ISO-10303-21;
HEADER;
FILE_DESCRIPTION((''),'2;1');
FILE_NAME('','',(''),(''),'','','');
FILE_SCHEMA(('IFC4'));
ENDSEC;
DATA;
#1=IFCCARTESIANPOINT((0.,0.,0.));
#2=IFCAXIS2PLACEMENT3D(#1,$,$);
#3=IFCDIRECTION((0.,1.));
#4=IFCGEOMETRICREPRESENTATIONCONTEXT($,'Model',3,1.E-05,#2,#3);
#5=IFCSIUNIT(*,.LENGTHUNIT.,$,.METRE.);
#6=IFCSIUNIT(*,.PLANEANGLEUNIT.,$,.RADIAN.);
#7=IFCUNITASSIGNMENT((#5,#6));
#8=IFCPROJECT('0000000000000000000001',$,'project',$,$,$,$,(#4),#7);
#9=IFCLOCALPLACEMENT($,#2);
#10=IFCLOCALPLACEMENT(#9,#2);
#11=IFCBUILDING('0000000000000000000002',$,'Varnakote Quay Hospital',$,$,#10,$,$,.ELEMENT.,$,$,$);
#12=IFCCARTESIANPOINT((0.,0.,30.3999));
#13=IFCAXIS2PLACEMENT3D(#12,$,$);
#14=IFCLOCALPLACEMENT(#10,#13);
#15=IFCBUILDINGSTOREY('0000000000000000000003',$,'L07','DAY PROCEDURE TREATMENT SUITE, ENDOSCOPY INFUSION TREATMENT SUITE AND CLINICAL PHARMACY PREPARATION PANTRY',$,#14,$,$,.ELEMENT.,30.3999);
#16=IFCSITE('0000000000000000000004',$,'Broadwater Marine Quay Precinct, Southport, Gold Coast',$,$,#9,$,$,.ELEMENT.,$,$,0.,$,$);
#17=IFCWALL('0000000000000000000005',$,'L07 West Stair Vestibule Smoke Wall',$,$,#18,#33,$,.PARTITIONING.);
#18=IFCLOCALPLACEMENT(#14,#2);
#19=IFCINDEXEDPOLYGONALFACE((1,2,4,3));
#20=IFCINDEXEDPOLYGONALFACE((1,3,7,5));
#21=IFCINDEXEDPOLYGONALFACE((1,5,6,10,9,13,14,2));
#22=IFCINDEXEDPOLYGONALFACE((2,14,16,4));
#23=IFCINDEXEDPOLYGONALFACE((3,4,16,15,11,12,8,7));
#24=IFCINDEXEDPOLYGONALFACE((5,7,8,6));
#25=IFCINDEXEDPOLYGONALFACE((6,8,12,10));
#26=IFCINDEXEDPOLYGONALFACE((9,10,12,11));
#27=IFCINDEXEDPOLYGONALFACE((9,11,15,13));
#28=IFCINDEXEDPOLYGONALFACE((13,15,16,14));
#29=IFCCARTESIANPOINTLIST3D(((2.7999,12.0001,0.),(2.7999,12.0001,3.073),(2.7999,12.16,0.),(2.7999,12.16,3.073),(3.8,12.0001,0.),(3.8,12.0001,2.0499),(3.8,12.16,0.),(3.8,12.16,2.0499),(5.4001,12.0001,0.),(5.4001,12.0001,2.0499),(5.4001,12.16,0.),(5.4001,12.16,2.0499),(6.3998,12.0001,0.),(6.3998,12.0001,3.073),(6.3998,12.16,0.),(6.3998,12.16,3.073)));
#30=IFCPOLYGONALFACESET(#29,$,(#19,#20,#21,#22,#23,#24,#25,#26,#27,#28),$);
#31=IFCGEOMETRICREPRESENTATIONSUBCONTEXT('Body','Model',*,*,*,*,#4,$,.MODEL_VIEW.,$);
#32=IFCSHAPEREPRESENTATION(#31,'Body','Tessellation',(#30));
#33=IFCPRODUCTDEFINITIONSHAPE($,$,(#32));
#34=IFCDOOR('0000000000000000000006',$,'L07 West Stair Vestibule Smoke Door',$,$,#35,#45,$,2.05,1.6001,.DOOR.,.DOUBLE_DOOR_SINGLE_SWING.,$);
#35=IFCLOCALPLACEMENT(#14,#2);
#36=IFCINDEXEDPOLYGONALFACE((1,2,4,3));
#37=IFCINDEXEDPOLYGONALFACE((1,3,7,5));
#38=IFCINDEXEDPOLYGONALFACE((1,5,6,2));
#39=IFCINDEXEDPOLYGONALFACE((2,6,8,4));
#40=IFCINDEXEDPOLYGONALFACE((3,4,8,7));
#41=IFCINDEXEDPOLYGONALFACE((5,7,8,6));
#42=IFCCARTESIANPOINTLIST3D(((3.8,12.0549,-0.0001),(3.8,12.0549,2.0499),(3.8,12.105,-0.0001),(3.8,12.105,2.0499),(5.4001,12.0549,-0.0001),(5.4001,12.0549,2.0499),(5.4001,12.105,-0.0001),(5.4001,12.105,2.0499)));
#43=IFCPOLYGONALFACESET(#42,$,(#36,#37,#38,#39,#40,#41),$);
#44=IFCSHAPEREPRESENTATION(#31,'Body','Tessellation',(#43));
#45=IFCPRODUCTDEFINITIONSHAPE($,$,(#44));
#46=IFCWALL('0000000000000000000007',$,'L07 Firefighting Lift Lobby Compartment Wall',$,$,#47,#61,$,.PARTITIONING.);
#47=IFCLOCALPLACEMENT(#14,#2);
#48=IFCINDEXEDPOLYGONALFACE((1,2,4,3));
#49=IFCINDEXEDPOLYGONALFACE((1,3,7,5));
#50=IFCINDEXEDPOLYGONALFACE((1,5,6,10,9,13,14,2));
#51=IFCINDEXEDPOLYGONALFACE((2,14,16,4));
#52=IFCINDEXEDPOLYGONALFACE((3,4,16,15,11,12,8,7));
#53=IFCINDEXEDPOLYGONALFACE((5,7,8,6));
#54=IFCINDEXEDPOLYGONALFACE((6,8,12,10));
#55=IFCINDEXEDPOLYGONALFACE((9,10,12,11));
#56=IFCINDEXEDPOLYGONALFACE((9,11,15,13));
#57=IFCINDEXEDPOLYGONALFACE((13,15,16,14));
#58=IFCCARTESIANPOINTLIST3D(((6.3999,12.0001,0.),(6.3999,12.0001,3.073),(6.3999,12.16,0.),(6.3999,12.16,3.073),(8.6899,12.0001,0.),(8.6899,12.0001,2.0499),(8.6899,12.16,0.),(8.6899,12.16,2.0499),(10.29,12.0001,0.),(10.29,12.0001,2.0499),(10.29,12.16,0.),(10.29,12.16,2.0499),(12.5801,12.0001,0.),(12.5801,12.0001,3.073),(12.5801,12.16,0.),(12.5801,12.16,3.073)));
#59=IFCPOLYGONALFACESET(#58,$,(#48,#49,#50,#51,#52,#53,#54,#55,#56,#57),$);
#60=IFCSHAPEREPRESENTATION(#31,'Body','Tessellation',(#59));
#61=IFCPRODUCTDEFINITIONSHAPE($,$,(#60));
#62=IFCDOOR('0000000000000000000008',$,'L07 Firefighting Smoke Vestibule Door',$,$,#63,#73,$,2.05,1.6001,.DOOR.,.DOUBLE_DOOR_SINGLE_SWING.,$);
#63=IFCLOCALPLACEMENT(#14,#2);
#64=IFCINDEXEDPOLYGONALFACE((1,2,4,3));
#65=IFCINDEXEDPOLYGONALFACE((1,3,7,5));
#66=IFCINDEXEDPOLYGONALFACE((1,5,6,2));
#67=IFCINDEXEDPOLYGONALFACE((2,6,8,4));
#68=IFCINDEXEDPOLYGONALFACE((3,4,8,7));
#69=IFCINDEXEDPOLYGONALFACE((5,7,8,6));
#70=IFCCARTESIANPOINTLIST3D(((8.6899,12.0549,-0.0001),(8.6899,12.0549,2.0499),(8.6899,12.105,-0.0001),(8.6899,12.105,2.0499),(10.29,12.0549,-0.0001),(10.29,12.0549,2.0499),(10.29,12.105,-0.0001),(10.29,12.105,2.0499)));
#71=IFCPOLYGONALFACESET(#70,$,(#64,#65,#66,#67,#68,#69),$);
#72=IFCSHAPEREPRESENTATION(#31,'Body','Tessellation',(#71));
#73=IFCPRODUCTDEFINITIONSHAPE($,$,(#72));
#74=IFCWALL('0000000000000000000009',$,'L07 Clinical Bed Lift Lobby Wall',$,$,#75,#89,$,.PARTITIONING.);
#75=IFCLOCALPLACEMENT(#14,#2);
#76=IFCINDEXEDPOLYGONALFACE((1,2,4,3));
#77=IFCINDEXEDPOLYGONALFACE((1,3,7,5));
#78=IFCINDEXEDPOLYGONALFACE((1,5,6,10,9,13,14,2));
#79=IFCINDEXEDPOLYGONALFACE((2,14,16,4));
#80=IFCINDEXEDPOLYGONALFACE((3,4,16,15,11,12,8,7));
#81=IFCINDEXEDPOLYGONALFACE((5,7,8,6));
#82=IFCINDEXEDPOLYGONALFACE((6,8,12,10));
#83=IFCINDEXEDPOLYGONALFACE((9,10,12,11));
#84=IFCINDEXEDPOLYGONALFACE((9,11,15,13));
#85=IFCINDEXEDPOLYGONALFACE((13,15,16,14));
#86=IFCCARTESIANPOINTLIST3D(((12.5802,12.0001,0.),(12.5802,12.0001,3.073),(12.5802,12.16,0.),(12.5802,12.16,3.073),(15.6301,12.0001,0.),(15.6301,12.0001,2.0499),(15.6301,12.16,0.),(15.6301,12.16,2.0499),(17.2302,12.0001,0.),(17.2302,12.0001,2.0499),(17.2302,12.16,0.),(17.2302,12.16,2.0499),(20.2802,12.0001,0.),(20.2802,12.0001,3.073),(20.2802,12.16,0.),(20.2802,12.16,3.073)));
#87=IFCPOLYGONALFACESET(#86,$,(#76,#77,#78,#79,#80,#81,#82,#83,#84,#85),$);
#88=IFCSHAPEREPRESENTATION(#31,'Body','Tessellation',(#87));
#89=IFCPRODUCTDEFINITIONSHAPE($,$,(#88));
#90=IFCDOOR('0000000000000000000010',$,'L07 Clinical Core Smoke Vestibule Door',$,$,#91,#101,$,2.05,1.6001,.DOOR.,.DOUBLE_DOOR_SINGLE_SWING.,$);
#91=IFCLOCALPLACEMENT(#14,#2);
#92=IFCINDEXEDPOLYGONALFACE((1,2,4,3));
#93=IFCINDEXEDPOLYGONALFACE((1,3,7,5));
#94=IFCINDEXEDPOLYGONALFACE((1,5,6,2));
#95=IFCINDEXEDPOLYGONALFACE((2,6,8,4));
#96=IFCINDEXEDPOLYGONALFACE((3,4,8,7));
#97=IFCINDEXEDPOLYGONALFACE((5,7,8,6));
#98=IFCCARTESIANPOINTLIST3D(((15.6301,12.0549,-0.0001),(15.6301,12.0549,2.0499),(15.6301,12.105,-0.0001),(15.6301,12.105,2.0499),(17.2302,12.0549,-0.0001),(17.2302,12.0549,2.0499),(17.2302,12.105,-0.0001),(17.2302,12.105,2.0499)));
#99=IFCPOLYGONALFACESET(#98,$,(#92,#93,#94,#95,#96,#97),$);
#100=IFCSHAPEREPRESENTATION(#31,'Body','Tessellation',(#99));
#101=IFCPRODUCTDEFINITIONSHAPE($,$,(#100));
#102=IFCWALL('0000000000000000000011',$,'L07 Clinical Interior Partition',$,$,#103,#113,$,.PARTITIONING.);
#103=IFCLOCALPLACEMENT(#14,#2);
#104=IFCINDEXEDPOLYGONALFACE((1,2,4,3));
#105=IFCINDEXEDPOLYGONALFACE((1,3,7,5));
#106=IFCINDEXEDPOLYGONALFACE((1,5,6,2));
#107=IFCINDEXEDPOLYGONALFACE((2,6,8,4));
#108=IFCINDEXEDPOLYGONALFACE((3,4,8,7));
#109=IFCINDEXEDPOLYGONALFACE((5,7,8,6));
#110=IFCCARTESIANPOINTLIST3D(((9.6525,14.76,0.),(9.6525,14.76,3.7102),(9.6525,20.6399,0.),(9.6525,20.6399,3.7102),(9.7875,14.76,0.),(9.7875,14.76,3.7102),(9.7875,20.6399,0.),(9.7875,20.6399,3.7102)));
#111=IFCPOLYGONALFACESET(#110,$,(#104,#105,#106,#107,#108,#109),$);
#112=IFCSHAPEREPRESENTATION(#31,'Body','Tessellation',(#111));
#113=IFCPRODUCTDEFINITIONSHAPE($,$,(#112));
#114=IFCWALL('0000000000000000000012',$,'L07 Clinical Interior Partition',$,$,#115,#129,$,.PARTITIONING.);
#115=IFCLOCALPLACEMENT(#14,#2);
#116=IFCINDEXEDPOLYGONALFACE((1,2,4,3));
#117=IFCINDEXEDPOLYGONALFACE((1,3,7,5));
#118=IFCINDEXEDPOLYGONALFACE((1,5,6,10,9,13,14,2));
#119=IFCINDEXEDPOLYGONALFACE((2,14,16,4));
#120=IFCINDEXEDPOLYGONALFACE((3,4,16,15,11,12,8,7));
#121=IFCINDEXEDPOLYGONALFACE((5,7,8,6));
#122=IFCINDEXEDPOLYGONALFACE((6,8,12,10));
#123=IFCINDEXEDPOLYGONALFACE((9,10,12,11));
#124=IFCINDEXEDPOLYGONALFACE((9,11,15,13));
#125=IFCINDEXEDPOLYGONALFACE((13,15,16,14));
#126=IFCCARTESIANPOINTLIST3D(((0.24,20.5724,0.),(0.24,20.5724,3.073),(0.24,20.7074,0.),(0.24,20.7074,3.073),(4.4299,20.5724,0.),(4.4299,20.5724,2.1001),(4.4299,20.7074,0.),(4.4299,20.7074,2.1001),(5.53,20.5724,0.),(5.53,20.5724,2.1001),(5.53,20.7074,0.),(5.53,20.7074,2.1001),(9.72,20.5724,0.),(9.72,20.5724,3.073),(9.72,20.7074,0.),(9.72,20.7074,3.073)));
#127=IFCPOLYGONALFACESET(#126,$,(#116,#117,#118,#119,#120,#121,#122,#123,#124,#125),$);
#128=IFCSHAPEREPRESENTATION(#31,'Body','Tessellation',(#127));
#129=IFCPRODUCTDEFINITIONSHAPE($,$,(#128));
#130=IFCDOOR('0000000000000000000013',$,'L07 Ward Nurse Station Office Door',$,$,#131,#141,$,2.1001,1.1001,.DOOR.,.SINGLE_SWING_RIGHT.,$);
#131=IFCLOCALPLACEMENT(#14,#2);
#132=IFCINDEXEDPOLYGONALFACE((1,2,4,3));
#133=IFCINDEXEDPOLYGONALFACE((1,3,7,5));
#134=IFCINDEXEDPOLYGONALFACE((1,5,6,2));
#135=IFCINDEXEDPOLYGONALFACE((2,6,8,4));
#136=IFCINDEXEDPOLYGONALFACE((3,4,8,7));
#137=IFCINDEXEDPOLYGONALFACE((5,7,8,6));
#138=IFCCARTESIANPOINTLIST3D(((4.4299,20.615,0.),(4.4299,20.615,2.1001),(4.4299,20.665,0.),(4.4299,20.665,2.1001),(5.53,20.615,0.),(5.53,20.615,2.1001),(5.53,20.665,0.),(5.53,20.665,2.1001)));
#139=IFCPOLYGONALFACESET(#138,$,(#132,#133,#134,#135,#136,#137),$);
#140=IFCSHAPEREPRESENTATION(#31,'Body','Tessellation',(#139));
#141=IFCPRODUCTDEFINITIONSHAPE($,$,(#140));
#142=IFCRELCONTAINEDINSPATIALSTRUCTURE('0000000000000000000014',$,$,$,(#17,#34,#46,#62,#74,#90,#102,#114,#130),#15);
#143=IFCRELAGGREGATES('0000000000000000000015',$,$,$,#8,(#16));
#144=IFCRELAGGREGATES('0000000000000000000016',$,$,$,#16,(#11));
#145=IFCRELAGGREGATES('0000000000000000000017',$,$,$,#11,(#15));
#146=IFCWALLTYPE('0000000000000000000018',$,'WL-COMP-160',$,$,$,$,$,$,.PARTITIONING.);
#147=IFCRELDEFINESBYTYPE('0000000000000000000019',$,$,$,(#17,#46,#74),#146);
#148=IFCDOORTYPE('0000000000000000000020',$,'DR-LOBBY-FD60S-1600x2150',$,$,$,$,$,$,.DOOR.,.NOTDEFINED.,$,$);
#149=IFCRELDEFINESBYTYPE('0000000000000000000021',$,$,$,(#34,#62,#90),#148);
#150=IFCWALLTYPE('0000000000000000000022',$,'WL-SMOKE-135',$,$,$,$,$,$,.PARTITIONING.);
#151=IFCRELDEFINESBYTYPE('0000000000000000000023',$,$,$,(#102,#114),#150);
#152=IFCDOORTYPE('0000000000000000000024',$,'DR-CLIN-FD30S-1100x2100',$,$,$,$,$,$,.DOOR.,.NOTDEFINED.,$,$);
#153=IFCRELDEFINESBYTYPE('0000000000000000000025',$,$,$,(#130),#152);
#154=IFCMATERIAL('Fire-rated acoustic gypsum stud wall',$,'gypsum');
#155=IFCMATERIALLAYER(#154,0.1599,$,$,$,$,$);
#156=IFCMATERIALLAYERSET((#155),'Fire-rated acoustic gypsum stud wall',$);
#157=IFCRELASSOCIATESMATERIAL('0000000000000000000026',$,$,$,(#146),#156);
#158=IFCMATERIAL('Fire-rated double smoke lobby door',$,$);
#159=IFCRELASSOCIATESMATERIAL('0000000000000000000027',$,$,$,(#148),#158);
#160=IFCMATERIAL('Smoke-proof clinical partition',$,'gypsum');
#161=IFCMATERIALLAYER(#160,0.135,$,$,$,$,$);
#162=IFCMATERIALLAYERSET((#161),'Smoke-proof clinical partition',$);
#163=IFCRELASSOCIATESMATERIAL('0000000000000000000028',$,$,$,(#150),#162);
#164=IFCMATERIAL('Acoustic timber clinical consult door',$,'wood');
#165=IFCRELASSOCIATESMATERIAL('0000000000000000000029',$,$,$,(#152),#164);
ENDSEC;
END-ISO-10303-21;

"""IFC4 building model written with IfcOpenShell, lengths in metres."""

from ifc_helpers import new_model, si_unit, direction, frame, frame_2d, origin, place, context, subcontext, project, spatial, rectangle, extrude, material, layer, layer_set, type_object, element, fill, save


model = new_model("IFC4")

# Units and contexts
model_context = context("Model", 3, precision=1e-05, world=origin(), true_north=direction((0.0, 1.0)))
body_context = subcontext(model_context, "Body", "Model", "MODEL_VIEW")
ifc_project = project(units=[si_unit("LENGTHUNIT", "METRE"), si_unit("PLANEANGLEUNIT", "RADIAN")], contexts=[model_context])

# Site, building, storey
site_placement = place(None, origin())
site = spatial("IfcSite", under=ifc_project, at=site_placement, Name="Broadwater Marine Quay Precinct, Southport, Gold Coast", CompositionType="ELEMENT", RefElevation=0.0)
building_placement = place(site_placement, origin())
building = spatial("IfcBuilding", under=site, at=building_placement, Name="Varnakote Quay Hospital", CompositionType="ELEMENT")
storey_placement = place(building_placement, frame((0.0, 0.0, 30.3999)))
storey = spatial("IfcBuildingStorey", under=building, at=storey_placement, Name="L07", Description="DAY PROCEDURE TREATMENT SUITE, ENDOSCOPY INFUSION TREATMENT SUITE AND CLINICAL PHARMACY PREPARATION PANTRY", CompositionType="ELEMENT", Elevation=30.3999)

# Walls, openings, doors
ifc_material_1 = material(Name="Fire-rated acoustic gypsum stud wall", Category="gypsum")
ifc_layer_1 = layer(ifc_material_1, 0.1599)
ifc_layer_set_1 = layer_set([ifc_layer_1], Name="Fire-rated acoustic gypsum stud wall")
wall_type_1 = type_object("IfcWallType", Name="WL-COMP-160", PredefinedType="PARTITIONING", material=ifc_layer_set_1)
wall_1_placement = place(storey_placement, frame((2.8, 12.0801, 0.0), z_axis=(0.0, 0.0, 1.0), x_axis=(1.0, 0.0, 0.0)))
wall_1 = element("IfcWall", 1, at=wall_1_placement, inside=storey, type_object=wall_type_1, Name="L07 West Stair Vestibule Smoke Wall", PredefinedType="PARTITIONING", context=body_context, shape_type="SweptSolid", body=[
    extrude(rectangle(XDim=3.5999, YDim=0.1599, at=frame_2d((1.7998, 0.0))), origin(), (0.0, 0.0, 1.0), 3.073),
])
opening_1_placement = place(wall_1_placement, frame((1.0, 0.0, 0.0)))
opening_1 = element("IfcOpeningElement", 2, at=opening_1_placement, cuts=wall_1, PredefinedType="OPENING", context=body_context, shape_type="SweptSolid", body=[
    extrude(rectangle(XDim=1.6001, YDim=2.05, at=frame_2d((0.8, 1.0249))), frame((0.0, 0.0898, 0.0), z_axis=(0.0, -1.0, 0.0), x_axis=(1.0, 0.0, 0.0)), (0.0, 0.0, 1.0), 0.1799),
])
ifc_material_2 = material(Name="Fire-rated double smoke lobby door")
door_type_1 = type_object("IfcDoorType", Name="DR-LOBBY-FD60S-1600x2150", OperationType="NOTDEFINED", PredefinedType="DOOR", material=ifc_material_2)
door_1_placement = place(opening_1_placement, origin())
door_1 = element("IfcDoor", 3, at=door_1_placement, inside=storey, type_object=door_type_1, Name="L07 West Stair Vestibule Smoke Door", OperationType="DOUBLE_DOOR_SINGLE_SWING", OverallHeight=2.05, OverallWidth=1.6001, PredefinedType="DOOR", context=body_context, shape_type="SweptSolid", body=[
    extrude(rectangle(XDim=1.6001, YDim=2.05, at=frame_2d((0.8, 1.0249))), frame((0.0, 0.0249, 0.0), z_axis=(0.0, -1.0, 0.0), x_axis=(1.0, 0.0, 0.0)), (0.0, 0.0, 1.0), 0.05),
])
fill(opening_1, door_1)
wall_2_placement = place(storey_placement, frame((6.3999, 12.0801, 0.0), z_axis=(0.0, 0.0, 1.0), x_axis=(1.0, 0.0, 0.0)))
wall_2 = element("IfcWall", 4, at=wall_2_placement, inside=storey, type_object=wall_type_1, Name="L07 Firefighting Lift Lobby Compartment Wall", PredefinedType="PARTITIONING", context=body_context, shape_type="SweptSolid", body=[
    extrude(rectangle(XDim=6.1802, YDim=0.1599, at=frame_2d((3.0901, 0.0))), origin(), (0.0, 0.0, 1.0), 3.073),
])
opening_2_placement = place(wall_2_placement, frame((2.29, 0.0, 0.0)))
opening_2 = element("IfcOpeningElement", 5, at=opening_2_placement, cuts=wall_2, PredefinedType="OPENING", context=body_context, shape_type="SweptSolid", body=[
    extrude(rectangle(XDim=1.6001, YDim=2.05, at=frame_2d((0.8, 1.0249))), frame((0.0, 0.0898, 0.0), z_axis=(0.0, -1.0, 0.0), x_axis=(1.0, 0.0, 0.0)), (0.0, 0.0, 1.0), 0.1799),
])
door_2_placement = place(opening_2_placement, origin())
door_2 = element("IfcDoor", 6, at=door_2_placement, inside=storey, type_object=door_type_1, Name="L07 Firefighting Smoke Vestibule Door", OperationType="DOUBLE_DOOR_SINGLE_SWING", OverallHeight=2.05, OverallWidth=1.6001, PredefinedType="DOOR", context=body_context, shape_type="SweptSolid", body=[
    extrude(rectangle(XDim=1.6001, YDim=2.05, at=frame_2d((0.8, 1.0249))), frame((0.0, 0.0249, 0.0), z_axis=(0.0, -1.0, 0.0), x_axis=(1.0, 0.0, 0.0)), (0.0, 0.0, 1.0), 0.05),
])
fill(opening_2, door_2)
wall_3_placement = place(storey_placement, frame((12.5801, 12.0801, 0.0), z_axis=(0.0, 0.0, 1.0), x_axis=(1.0, 0.0, 0.0)))
wall_3 = element("IfcWall", 7, at=wall_3_placement, inside=storey, type_object=wall_type_1, Name="L07 Clinical Bed Lift Lobby Wall", PredefinedType="PARTITIONING", context=body_context, shape_type="SweptSolid", body=[
    extrude(rectangle(XDim=7.7, YDim=0.1599, at=frame_2d((3.8501, 0.0))), origin(), (0.0, 0.0, 1.0), 3.073),
])
opening_3_placement = place(wall_3_placement, frame((3.05, 0.0, 0.0)))
opening_3 = element("IfcOpeningElement", 8, at=opening_3_placement, cuts=wall_3, PredefinedType="OPENING", context=body_context, shape_type="SweptSolid", body=[
    extrude(rectangle(XDim=1.6001, YDim=2.05, at=frame_2d((0.8, 1.0249))), frame((0.0, 0.0898, 0.0), z_axis=(0.0, -1.0, 0.0), x_axis=(1.0, 0.0, 0.0)), (0.0, 0.0, 1.0), 0.1799),
])
door_3_placement = place(opening_3_placement, origin())
door_3 = element("IfcDoor", 9, at=door_3_placement, inside=storey, type_object=door_type_1, Name="L07 Clinical Core Smoke Vestibule Door", OperationType="DOUBLE_DOOR_SINGLE_SWING", OverallHeight=2.05, OverallWidth=1.6001, PredefinedType="DOOR", context=body_context, shape_type="SweptSolid", body=[
    extrude(rectangle(XDim=1.6001, YDim=2.05, at=frame_2d((0.8, 1.0249))), frame((0.0, 0.0249, 0.0), z_axis=(0.0, -1.0, 0.0), x_axis=(1.0, 0.0, 0.0)), (0.0, 0.0, 1.0), 0.05),
])
fill(opening_3, door_3)

# Wall
ifc_material_3 = material(Name="Smoke-proof clinical partition", Category="gypsum")
ifc_layer_2 = layer(ifc_material_3, 0.135)
ifc_layer_set_2 = layer_set([ifc_layer_2], Name="Smoke-proof clinical partition")
wall_type_2 = type_object("IfcWallType", Name="WL-SMOKE-135", PredefinedType="PARTITIONING", material=ifc_layer_set_2)
wall_4_placement = place(storey_placement, frame((9.72, 14.76, 0.0), z_axis=(0.0, 0.0, 1.0), x_axis=(0.0, 1.0, 0.0)))
element("IfcWall", 10, at=wall_4_placement, inside=storey, type_object=wall_type_2, Name="L07 Clinical Interior Partition", PredefinedType="PARTITIONING", context=body_context, shape_type="SweptSolid", body=[
    extrude(rectangle(XDim=5.8799, YDim=0.135, at=frame_2d((2.9399, 0.0))), origin(), (0.0, 0.0, 1.0), 3.7102),
])

# Wall, opening, door
wall_5_placement = place(storey_placement, frame((9.72, 20.6399, 0.0), z_axis=(0.0, 0.0, 1.0), x_axis=(-1.0, 0.0, 0.0)))
wall_5 = element("IfcWall", 11, at=wall_5_placement, inside=storey, type_object=wall_type_2, Name="L07 Clinical Interior Partition", PredefinedType="PARTITIONING", context=body_context, shape_type="SweptSolid", body=[
    extrude(rectangle(XDim=9.48, YDim=0.135, at=frame_2d((4.74, 0.0))), origin(), (0.0, 0.0, 1.0), 3.073),
])
opening_4_placement = place(wall_5_placement, frame((4.1899, 0.0, 0.0)))
opening_4 = element("IfcOpeningElement", 12, at=opening_4_placement, cuts=wall_5, PredefinedType="OPENING", context=body_context, shape_type="SweptSolid", body=[
    extrude(rectangle(XDim=1.1001, YDim=2.1001, at=frame_2d((0.55, 1.05))), frame((0.0, 0.0774, 0.0), z_axis=(0.0, -1.0, 0.0), x_axis=(1.0, 0.0, 0.0)), (0.0, 0.0, 1.0), 0.155),
])
ifc_material_4 = material(Name="Acoustic timber clinical consult door", Category="wood")
door_type_2 = type_object("IfcDoorType", Name="DR-CLIN-FD30S-1100x2100", OperationType="NOTDEFINED", PredefinedType="DOOR", material=ifc_material_4)
door_4_placement = place(opening_4_placement, origin())
door_4 = element("IfcDoor", 13, at=door_4_placement, inside=storey, type_object=door_type_2, Name="L07 Ward Nurse Station Office Door", OperationType="SINGLE_SWING_RIGHT", OverallHeight=2.1001, OverallWidth=1.1001, PredefinedType="DOOR", context=body_context, shape_type="SweptSolid", body=[
    extrude(rectangle(XDim=1.1001, YDim=2.1001, at=frame_2d((0.55, 1.05))), frame((0.0, 0.0249, 0.0), z_axis=(0.0, -1.0, 0.0), x_axis=(1.0, 0.0, 0.0)), (0.0, 0.0, 1.0), 0.05),
])
fill(opening_4, door_4)

save(model, "model.ifc")
